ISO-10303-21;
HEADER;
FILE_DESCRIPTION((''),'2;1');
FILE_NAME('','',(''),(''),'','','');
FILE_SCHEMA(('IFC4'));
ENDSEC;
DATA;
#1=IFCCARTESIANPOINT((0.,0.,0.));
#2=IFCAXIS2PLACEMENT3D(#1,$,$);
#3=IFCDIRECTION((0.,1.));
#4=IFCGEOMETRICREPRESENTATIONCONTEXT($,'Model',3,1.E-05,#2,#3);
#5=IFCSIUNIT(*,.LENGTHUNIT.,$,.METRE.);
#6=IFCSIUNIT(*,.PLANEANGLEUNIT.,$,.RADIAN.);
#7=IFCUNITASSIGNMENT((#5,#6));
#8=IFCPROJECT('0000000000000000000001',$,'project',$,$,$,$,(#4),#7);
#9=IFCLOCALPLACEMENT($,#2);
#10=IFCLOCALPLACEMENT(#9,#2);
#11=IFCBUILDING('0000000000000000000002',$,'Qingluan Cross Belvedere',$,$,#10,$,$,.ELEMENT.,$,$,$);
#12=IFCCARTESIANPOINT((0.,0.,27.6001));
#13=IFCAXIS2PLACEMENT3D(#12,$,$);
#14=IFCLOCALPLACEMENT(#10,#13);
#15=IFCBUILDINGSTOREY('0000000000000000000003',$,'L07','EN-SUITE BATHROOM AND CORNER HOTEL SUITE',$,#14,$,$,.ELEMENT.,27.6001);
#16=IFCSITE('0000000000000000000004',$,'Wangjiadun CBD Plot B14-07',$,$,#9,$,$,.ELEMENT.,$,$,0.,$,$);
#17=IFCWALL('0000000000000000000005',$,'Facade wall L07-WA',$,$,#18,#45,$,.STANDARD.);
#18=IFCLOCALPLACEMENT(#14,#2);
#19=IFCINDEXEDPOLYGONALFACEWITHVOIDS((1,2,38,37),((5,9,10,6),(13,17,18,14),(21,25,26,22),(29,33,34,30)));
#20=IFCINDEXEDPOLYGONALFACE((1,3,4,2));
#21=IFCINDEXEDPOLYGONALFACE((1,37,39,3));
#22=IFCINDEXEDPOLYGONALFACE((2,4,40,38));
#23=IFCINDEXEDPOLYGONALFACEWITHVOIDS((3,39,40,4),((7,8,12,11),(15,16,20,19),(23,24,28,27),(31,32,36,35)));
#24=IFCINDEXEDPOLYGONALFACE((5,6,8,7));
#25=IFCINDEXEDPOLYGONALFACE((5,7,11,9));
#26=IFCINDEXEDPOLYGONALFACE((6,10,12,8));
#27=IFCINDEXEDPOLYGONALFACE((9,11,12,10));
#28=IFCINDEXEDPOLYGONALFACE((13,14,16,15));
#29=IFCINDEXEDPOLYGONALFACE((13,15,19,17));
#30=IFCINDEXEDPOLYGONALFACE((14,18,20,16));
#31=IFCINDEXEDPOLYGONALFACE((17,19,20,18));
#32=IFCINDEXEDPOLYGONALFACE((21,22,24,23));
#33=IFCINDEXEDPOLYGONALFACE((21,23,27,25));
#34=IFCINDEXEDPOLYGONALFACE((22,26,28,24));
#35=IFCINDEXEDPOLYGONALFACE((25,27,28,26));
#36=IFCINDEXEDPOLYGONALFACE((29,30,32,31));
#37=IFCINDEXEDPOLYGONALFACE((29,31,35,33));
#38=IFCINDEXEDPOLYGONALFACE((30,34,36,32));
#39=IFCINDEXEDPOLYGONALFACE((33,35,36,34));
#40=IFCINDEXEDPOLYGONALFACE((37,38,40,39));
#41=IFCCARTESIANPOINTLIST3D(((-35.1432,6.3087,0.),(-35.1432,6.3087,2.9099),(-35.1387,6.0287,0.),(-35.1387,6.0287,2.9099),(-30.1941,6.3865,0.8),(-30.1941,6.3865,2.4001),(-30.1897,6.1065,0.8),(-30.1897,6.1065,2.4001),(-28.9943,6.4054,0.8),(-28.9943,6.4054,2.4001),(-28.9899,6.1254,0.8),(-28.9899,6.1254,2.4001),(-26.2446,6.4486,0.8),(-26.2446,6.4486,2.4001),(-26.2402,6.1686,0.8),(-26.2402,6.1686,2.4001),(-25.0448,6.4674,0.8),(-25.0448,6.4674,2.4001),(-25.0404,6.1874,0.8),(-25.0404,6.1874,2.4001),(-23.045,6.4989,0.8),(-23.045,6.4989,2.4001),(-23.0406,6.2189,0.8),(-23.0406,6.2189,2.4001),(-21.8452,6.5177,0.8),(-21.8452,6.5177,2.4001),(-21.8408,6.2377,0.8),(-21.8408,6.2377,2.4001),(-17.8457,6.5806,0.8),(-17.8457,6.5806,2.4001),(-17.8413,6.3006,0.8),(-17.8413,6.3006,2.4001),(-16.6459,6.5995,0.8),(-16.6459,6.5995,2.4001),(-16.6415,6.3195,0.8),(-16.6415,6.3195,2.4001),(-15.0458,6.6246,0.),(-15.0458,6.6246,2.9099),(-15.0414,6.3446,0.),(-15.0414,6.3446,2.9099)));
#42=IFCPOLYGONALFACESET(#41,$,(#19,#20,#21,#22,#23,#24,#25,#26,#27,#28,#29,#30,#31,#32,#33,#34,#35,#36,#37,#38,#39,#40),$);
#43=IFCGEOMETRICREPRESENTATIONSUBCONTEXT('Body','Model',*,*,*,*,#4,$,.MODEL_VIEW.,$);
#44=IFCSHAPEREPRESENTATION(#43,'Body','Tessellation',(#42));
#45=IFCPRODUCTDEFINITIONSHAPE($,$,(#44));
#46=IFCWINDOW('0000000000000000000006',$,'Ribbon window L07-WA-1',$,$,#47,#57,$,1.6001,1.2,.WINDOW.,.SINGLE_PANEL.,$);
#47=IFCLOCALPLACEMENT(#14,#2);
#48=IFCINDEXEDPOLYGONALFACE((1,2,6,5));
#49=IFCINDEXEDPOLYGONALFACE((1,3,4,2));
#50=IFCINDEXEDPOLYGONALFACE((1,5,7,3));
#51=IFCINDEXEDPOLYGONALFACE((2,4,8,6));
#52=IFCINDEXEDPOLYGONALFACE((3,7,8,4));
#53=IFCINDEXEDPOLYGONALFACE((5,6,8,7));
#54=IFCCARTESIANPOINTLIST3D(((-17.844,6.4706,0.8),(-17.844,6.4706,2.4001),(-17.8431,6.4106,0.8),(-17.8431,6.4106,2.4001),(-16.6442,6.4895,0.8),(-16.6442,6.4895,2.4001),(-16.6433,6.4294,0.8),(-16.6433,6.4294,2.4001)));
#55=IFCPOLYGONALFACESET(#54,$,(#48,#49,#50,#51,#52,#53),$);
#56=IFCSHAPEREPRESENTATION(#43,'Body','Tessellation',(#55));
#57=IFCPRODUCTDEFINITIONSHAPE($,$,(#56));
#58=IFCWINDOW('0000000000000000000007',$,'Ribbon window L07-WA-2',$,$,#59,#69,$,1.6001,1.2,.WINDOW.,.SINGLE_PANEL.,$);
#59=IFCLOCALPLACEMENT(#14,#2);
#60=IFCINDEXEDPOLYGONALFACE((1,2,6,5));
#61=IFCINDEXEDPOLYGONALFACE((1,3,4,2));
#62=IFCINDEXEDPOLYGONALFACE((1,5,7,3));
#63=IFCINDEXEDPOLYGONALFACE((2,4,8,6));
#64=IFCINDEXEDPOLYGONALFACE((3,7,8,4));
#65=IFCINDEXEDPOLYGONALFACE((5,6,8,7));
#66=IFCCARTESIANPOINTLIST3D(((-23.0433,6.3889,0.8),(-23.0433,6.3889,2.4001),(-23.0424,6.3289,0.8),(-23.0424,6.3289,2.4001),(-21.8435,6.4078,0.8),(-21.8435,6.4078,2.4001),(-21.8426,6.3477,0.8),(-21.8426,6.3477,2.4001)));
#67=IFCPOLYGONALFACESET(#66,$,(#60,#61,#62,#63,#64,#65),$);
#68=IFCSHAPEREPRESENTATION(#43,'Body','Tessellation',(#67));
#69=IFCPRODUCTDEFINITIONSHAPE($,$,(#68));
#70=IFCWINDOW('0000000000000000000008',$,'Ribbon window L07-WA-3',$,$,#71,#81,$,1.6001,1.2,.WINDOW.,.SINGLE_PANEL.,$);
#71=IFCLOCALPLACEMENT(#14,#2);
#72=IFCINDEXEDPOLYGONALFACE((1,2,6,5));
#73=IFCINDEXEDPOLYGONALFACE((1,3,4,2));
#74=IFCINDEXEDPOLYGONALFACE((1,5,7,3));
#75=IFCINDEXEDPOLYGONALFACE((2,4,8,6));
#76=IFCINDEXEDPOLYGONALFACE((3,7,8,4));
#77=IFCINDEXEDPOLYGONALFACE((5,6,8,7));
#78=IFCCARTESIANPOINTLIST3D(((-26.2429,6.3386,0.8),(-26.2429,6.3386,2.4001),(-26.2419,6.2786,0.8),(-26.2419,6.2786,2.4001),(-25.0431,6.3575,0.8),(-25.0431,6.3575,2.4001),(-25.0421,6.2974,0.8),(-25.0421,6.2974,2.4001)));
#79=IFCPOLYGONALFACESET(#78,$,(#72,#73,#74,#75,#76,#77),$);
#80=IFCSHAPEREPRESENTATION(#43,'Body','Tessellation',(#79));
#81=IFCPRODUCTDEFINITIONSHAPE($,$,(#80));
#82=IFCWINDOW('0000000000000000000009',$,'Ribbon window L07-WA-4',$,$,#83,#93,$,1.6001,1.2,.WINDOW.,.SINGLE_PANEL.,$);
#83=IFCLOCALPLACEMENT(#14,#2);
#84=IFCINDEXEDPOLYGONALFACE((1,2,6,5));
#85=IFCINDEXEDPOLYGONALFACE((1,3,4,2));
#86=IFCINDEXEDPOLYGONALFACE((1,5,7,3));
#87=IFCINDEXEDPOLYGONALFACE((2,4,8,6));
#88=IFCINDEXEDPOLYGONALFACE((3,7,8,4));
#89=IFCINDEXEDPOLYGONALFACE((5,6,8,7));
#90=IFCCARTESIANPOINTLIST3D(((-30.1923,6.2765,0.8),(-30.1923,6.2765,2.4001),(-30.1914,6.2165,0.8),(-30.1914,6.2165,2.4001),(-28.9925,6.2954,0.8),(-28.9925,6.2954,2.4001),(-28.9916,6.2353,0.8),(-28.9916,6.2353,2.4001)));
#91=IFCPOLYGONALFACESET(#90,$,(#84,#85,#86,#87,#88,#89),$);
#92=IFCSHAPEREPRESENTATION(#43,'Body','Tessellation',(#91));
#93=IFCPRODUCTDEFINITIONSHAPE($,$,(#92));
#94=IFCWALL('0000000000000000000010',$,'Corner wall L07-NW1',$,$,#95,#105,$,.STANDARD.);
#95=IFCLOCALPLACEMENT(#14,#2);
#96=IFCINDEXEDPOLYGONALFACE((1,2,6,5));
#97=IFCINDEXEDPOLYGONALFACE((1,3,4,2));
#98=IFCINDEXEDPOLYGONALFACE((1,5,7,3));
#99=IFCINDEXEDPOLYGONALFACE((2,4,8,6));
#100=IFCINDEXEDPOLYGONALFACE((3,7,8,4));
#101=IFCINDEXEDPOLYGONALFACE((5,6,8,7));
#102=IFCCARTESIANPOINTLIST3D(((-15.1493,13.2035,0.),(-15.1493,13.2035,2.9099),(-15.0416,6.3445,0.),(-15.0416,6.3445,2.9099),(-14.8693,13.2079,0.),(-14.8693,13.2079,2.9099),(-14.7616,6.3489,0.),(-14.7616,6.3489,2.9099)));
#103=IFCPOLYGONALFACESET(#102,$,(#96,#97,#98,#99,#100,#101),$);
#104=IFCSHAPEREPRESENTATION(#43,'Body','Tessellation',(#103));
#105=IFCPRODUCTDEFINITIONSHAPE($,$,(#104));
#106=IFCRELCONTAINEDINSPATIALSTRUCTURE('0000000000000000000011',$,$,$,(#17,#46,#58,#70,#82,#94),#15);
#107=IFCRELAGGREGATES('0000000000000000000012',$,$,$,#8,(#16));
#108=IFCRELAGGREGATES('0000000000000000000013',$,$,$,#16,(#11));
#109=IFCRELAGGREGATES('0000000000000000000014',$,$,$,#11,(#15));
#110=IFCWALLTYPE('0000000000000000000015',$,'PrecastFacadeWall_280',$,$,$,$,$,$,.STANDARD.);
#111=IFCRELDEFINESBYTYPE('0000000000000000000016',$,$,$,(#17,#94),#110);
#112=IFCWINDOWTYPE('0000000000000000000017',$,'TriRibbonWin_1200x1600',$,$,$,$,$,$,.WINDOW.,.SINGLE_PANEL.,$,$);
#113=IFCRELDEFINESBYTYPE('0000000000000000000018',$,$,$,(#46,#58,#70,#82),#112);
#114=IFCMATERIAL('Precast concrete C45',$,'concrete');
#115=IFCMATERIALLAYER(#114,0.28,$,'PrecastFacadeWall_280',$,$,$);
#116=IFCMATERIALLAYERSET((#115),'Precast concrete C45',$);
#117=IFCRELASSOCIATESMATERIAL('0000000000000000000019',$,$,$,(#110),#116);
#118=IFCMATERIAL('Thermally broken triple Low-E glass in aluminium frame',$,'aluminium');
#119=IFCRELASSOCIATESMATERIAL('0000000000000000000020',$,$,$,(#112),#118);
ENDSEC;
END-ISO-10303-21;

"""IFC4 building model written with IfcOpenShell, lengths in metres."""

from ifc_helpers import new_model, si_unit, direction, frame, frame_2d, origin, place, context, subcontext, project, spatial, rectangle, extrude, material, layer, layer_set, type_object, element, fill, save


model = new_model("IFC4")

# Units and contexts
model_context = context("Model", 3, precision=1e-05, world=origin(), true_north=direction((0.0, 1.0)))
body_context = subcontext(model_context, "Body", "Model", "MODEL_VIEW")
ifc_project = project(units=[si_unit("LENGTHUNIT", "METRE"), si_unit("PLANEANGLEUNIT", "RADIAN")], contexts=[model_context])

# Site, building, storey
site_placement = place(None, origin())
site = spatial("IfcSite", under=ifc_project, at=site_placement, Name="Wangjiadun CBD Plot B14-07", CompositionType="ELEMENT", RefElevation=0.0)
building_placement = place(site_placement, origin())
building = spatial("IfcBuilding", under=site, at=building_placement, Name="Qingluan Cross Belvedere", CompositionType="ELEMENT")
storey_placement = place(building_placement, frame((0.0, 0.0, 27.6001)))
storey = spatial("IfcBuildingStorey", under=building, at=storey_placement, Name="L07", Description="EN-SUITE BATHROOM AND CORNER HOTEL SUITE", CompositionType="ELEMENT", Elevation=27.6001)

# Wall, openings, windows
ifc_material_1 = material(Name="Precast concrete C45", Category="concrete")
ifc_layer_1 = layer(ifc_material_1, 0.28, Name="PrecastFacadeWall_280")
ifc_layer_set_1 = layer_set([ifc_layer_1], Name="Precast concrete C45")
wall_type_1 = type_object("IfcWallType", Name="PrecastFacadeWall_280", PredefinedType="STANDARD", material=ifc_layer_set_1)
wall_1_placement = place(storey_placement, frame((-15.0437, 6.4846, 0.0), z_axis=(0.0, 0.0, 1.0), x_axis=(-0.999876, -0.015717, 0.0)))
wall_1 = element("IfcWall", 1, at=wall_1_placement, inside=storey, type_object=wall_type_1, Name="Facade wall L07-WA", PredefinedType="STANDARD", context=body_context, shape_type="SweptSolid", body=[
    extrude(rectangle(XDim=20.0999, YDim=0.28, at=frame_2d((10.0498, 0.0))), origin(), (0.0, 0.0, 1.0), 2.9099),
])
opening_1_placement = place(wall_1_placement, frame((1.6001, 0.0, 0.8)))
opening_1 = element("IfcOpeningElement", 2, at=opening_1_placement, cuts=wall_1, PredefinedType="OPENING", context=body_context, shape_type="SweptSolid", body=[
    extrude(rectangle(XDim=1.2, YDim=1.6001, at=frame_2d((0.6001, 0.8))), frame((0.0, 0.1499, 0.0), z_axis=(0.0, -1.0, 0.0), x_axis=(1.0, 0.0, 0.0)), (0.0, 0.0, 1.0), 0.3),
])
opening_2_placement = place(wall_1_placement, frame((6.8, 0.0, 0.8)))
opening_2 = element("IfcOpeningElement", 3, at=opening_2_placement, cuts=wall_1, PredefinedType="OPENING", context=body_context, shape_type="SweptSolid", body=[
    extrude(rectangle(XDim=1.2, YDim=1.6001, at=frame_2d((0.6001, 0.8))), frame((0.0, 0.1499, 0.0), z_axis=(0.0, -1.0, 0.0), x_axis=(1.0, 0.0, 0.0)), (0.0, 0.0, 1.0), 0.3),
])
opening_3_placement = place(wall_1_placement, frame((10.0, 0.0, 0.8)))
opening_3 = element("IfcOpeningElement", 4, at=opening_3_placement, cuts=wall_1, PredefinedType="OPENING", context=body_context, shape_type="SweptSolid", body=[
    extrude(rectangle(XDim=1.2, YDim=1.6001, at=frame_2d((0.6001, 0.8))), frame((0.0, 0.1499, 0.0), z_axis=(0.0, -1.0, 0.0), x_axis=(1.0, 0.0, 0.0)), (0.0, 0.0, 1.0), 0.3),
])
opening_4_placement = place(wall_1_placement, frame((13.95, 0.0, 0.8)))
opening_4 = element("IfcOpeningElement", 5, at=opening_4_placement, cuts=wall_1, PredefinedType="OPENING", context=body_context, shape_type="SweptSolid", body=[
    extrude(rectangle(XDim=1.2, YDim=1.6001, at=frame_2d((0.6001, 0.8))), frame((0.0, 0.1499, 0.0), z_axis=(0.0, -1.0, 0.0), x_axis=(1.0, 0.0, 0.0)), (0.0, 0.0, 1.0), 0.3),
])
ifc_material_2 = material(Name="Thermally broken triple Low-E glass in aluminium frame", Category="aluminium")
window_type = type_object("IfcWindowType", Name="TriRibbonWin_1200x1600", PartitioningType="SINGLE_PANEL", PredefinedType="WINDOW", material=ifc_material_2)
window_1_placement = place(opening_1_placement, origin())
window_1 = element("IfcWindow", 6, at=window_1_placement, inside=storey, type_object=window_type, Name="Ribbon window L07-WA-1", OverallHeight=1.6001, OverallWidth=1.2, PartitioningType="SINGLE_PANEL", PredefinedType="WINDOW", context=body_context, shape_type="SweptSolid", body=[
    extrude(rectangle(XDim=1.2, YDim=1.6001, at=frame_2d((0.6001, 0.8))), frame((0.0, 0.03, 0.0), z_axis=(0.0, -1.0, 0.0), x_axis=(1.0, 0.0, 0.0)), (0.0, 0.0, 1.0), 0.0601),
])
fill(opening_1, window_1)
window_2_placement = place(opening_2_placement, origin())
window_2 = element("IfcWindow", 7, at=window_2_placement, inside=storey, type_object=window_type, Name="Ribbon window L07-WA-2", OverallHeight=1.6001, OverallWidth=1.2, PartitioningType="SINGLE_PANEL", PredefinedType="WINDOW", context=body_context, shape_type="SweptSolid", body=[
    extrude(rectangle(XDim=1.2, YDim=1.6001, at=frame_2d((0.6001, 0.8))), frame((0.0, 0.03, 0.0), z_axis=(0.0, -1.0, 0.0), x_axis=(1.0, 0.0, 0.0)), (0.0, 0.0, 1.0), 0.0601),
])
fill(opening_2, window_2)
window_3_placement = place(opening_3_placement, origin())
window_3 = element("IfcWindow", 8, at=window_3_placement, inside=storey, type_object=window_type, Name="Ribbon window L07-WA-3", OverallHeight=1.6001, OverallWidth=1.2, PartitioningType="SINGLE_PANEL", PredefinedType="WINDOW", context=body_context, shape_type="SweptSolid", body=[
    extrude(rectangle(XDim=1.2, YDim=1.6001, at=frame_2d((0.6001, 0.8))), frame((0.0, 0.03, 0.0), z_axis=(0.0, -1.0, 0.0), x_axis=(1.0, 0.0, 0.0)), (0.0, 0.0, 1.0), 0.0601),
])
fill(opening_3, window_3)
window_4_placement = place(opening_4_placement, origin())
window_4 = element("IfcWindow", 9, at=window_4_placement, inside=storey, type_object=window_type, Name="Ribbon window L07-WA-4", OverallHeight=1.6001, OverallWidth=1.2, PartitioningType="SINGLE_PANEL", PredefinedType="WINDOW", context=body_context, shape_type="SweptSolid", body=[
    extrude(rectangle(XDim=1.2, YDim=1.6001, at=frame_2d((0.6001, 0.8))), frame((0.0, 0.03, 0.0), z_axis=(0.0, -1.0, 0.0), x_axis=(1.0, 0.0, 0.0)), (0.0, 0.0, 1.0), 0.0601),
])
fill(opening_4, window_4)

# Wall
wall_2_placement = place(storey_placement, frame((-14.9016, 6.3467, 0.0), z_axis=(0.0, 0.0, 1.0), x_axis=(-0.015695, 0.999877, 0.0)))
element("IfcWall", 10, at=wall_2_placement, inside=storey, type_object=wall_type_1, Name="Corner wall L07-NW1", PredefinedType="STANDARD", context=body_context, shape_type="SweptSolid", body=[
    extrude(rectangle(XDim=6.8599, YDim=0.28, at=frame_2d((3.4299, 0.0))), origin(), (0.0, 0.0, 1.0), 2.9099),
])

save(model, "model.ifc")
